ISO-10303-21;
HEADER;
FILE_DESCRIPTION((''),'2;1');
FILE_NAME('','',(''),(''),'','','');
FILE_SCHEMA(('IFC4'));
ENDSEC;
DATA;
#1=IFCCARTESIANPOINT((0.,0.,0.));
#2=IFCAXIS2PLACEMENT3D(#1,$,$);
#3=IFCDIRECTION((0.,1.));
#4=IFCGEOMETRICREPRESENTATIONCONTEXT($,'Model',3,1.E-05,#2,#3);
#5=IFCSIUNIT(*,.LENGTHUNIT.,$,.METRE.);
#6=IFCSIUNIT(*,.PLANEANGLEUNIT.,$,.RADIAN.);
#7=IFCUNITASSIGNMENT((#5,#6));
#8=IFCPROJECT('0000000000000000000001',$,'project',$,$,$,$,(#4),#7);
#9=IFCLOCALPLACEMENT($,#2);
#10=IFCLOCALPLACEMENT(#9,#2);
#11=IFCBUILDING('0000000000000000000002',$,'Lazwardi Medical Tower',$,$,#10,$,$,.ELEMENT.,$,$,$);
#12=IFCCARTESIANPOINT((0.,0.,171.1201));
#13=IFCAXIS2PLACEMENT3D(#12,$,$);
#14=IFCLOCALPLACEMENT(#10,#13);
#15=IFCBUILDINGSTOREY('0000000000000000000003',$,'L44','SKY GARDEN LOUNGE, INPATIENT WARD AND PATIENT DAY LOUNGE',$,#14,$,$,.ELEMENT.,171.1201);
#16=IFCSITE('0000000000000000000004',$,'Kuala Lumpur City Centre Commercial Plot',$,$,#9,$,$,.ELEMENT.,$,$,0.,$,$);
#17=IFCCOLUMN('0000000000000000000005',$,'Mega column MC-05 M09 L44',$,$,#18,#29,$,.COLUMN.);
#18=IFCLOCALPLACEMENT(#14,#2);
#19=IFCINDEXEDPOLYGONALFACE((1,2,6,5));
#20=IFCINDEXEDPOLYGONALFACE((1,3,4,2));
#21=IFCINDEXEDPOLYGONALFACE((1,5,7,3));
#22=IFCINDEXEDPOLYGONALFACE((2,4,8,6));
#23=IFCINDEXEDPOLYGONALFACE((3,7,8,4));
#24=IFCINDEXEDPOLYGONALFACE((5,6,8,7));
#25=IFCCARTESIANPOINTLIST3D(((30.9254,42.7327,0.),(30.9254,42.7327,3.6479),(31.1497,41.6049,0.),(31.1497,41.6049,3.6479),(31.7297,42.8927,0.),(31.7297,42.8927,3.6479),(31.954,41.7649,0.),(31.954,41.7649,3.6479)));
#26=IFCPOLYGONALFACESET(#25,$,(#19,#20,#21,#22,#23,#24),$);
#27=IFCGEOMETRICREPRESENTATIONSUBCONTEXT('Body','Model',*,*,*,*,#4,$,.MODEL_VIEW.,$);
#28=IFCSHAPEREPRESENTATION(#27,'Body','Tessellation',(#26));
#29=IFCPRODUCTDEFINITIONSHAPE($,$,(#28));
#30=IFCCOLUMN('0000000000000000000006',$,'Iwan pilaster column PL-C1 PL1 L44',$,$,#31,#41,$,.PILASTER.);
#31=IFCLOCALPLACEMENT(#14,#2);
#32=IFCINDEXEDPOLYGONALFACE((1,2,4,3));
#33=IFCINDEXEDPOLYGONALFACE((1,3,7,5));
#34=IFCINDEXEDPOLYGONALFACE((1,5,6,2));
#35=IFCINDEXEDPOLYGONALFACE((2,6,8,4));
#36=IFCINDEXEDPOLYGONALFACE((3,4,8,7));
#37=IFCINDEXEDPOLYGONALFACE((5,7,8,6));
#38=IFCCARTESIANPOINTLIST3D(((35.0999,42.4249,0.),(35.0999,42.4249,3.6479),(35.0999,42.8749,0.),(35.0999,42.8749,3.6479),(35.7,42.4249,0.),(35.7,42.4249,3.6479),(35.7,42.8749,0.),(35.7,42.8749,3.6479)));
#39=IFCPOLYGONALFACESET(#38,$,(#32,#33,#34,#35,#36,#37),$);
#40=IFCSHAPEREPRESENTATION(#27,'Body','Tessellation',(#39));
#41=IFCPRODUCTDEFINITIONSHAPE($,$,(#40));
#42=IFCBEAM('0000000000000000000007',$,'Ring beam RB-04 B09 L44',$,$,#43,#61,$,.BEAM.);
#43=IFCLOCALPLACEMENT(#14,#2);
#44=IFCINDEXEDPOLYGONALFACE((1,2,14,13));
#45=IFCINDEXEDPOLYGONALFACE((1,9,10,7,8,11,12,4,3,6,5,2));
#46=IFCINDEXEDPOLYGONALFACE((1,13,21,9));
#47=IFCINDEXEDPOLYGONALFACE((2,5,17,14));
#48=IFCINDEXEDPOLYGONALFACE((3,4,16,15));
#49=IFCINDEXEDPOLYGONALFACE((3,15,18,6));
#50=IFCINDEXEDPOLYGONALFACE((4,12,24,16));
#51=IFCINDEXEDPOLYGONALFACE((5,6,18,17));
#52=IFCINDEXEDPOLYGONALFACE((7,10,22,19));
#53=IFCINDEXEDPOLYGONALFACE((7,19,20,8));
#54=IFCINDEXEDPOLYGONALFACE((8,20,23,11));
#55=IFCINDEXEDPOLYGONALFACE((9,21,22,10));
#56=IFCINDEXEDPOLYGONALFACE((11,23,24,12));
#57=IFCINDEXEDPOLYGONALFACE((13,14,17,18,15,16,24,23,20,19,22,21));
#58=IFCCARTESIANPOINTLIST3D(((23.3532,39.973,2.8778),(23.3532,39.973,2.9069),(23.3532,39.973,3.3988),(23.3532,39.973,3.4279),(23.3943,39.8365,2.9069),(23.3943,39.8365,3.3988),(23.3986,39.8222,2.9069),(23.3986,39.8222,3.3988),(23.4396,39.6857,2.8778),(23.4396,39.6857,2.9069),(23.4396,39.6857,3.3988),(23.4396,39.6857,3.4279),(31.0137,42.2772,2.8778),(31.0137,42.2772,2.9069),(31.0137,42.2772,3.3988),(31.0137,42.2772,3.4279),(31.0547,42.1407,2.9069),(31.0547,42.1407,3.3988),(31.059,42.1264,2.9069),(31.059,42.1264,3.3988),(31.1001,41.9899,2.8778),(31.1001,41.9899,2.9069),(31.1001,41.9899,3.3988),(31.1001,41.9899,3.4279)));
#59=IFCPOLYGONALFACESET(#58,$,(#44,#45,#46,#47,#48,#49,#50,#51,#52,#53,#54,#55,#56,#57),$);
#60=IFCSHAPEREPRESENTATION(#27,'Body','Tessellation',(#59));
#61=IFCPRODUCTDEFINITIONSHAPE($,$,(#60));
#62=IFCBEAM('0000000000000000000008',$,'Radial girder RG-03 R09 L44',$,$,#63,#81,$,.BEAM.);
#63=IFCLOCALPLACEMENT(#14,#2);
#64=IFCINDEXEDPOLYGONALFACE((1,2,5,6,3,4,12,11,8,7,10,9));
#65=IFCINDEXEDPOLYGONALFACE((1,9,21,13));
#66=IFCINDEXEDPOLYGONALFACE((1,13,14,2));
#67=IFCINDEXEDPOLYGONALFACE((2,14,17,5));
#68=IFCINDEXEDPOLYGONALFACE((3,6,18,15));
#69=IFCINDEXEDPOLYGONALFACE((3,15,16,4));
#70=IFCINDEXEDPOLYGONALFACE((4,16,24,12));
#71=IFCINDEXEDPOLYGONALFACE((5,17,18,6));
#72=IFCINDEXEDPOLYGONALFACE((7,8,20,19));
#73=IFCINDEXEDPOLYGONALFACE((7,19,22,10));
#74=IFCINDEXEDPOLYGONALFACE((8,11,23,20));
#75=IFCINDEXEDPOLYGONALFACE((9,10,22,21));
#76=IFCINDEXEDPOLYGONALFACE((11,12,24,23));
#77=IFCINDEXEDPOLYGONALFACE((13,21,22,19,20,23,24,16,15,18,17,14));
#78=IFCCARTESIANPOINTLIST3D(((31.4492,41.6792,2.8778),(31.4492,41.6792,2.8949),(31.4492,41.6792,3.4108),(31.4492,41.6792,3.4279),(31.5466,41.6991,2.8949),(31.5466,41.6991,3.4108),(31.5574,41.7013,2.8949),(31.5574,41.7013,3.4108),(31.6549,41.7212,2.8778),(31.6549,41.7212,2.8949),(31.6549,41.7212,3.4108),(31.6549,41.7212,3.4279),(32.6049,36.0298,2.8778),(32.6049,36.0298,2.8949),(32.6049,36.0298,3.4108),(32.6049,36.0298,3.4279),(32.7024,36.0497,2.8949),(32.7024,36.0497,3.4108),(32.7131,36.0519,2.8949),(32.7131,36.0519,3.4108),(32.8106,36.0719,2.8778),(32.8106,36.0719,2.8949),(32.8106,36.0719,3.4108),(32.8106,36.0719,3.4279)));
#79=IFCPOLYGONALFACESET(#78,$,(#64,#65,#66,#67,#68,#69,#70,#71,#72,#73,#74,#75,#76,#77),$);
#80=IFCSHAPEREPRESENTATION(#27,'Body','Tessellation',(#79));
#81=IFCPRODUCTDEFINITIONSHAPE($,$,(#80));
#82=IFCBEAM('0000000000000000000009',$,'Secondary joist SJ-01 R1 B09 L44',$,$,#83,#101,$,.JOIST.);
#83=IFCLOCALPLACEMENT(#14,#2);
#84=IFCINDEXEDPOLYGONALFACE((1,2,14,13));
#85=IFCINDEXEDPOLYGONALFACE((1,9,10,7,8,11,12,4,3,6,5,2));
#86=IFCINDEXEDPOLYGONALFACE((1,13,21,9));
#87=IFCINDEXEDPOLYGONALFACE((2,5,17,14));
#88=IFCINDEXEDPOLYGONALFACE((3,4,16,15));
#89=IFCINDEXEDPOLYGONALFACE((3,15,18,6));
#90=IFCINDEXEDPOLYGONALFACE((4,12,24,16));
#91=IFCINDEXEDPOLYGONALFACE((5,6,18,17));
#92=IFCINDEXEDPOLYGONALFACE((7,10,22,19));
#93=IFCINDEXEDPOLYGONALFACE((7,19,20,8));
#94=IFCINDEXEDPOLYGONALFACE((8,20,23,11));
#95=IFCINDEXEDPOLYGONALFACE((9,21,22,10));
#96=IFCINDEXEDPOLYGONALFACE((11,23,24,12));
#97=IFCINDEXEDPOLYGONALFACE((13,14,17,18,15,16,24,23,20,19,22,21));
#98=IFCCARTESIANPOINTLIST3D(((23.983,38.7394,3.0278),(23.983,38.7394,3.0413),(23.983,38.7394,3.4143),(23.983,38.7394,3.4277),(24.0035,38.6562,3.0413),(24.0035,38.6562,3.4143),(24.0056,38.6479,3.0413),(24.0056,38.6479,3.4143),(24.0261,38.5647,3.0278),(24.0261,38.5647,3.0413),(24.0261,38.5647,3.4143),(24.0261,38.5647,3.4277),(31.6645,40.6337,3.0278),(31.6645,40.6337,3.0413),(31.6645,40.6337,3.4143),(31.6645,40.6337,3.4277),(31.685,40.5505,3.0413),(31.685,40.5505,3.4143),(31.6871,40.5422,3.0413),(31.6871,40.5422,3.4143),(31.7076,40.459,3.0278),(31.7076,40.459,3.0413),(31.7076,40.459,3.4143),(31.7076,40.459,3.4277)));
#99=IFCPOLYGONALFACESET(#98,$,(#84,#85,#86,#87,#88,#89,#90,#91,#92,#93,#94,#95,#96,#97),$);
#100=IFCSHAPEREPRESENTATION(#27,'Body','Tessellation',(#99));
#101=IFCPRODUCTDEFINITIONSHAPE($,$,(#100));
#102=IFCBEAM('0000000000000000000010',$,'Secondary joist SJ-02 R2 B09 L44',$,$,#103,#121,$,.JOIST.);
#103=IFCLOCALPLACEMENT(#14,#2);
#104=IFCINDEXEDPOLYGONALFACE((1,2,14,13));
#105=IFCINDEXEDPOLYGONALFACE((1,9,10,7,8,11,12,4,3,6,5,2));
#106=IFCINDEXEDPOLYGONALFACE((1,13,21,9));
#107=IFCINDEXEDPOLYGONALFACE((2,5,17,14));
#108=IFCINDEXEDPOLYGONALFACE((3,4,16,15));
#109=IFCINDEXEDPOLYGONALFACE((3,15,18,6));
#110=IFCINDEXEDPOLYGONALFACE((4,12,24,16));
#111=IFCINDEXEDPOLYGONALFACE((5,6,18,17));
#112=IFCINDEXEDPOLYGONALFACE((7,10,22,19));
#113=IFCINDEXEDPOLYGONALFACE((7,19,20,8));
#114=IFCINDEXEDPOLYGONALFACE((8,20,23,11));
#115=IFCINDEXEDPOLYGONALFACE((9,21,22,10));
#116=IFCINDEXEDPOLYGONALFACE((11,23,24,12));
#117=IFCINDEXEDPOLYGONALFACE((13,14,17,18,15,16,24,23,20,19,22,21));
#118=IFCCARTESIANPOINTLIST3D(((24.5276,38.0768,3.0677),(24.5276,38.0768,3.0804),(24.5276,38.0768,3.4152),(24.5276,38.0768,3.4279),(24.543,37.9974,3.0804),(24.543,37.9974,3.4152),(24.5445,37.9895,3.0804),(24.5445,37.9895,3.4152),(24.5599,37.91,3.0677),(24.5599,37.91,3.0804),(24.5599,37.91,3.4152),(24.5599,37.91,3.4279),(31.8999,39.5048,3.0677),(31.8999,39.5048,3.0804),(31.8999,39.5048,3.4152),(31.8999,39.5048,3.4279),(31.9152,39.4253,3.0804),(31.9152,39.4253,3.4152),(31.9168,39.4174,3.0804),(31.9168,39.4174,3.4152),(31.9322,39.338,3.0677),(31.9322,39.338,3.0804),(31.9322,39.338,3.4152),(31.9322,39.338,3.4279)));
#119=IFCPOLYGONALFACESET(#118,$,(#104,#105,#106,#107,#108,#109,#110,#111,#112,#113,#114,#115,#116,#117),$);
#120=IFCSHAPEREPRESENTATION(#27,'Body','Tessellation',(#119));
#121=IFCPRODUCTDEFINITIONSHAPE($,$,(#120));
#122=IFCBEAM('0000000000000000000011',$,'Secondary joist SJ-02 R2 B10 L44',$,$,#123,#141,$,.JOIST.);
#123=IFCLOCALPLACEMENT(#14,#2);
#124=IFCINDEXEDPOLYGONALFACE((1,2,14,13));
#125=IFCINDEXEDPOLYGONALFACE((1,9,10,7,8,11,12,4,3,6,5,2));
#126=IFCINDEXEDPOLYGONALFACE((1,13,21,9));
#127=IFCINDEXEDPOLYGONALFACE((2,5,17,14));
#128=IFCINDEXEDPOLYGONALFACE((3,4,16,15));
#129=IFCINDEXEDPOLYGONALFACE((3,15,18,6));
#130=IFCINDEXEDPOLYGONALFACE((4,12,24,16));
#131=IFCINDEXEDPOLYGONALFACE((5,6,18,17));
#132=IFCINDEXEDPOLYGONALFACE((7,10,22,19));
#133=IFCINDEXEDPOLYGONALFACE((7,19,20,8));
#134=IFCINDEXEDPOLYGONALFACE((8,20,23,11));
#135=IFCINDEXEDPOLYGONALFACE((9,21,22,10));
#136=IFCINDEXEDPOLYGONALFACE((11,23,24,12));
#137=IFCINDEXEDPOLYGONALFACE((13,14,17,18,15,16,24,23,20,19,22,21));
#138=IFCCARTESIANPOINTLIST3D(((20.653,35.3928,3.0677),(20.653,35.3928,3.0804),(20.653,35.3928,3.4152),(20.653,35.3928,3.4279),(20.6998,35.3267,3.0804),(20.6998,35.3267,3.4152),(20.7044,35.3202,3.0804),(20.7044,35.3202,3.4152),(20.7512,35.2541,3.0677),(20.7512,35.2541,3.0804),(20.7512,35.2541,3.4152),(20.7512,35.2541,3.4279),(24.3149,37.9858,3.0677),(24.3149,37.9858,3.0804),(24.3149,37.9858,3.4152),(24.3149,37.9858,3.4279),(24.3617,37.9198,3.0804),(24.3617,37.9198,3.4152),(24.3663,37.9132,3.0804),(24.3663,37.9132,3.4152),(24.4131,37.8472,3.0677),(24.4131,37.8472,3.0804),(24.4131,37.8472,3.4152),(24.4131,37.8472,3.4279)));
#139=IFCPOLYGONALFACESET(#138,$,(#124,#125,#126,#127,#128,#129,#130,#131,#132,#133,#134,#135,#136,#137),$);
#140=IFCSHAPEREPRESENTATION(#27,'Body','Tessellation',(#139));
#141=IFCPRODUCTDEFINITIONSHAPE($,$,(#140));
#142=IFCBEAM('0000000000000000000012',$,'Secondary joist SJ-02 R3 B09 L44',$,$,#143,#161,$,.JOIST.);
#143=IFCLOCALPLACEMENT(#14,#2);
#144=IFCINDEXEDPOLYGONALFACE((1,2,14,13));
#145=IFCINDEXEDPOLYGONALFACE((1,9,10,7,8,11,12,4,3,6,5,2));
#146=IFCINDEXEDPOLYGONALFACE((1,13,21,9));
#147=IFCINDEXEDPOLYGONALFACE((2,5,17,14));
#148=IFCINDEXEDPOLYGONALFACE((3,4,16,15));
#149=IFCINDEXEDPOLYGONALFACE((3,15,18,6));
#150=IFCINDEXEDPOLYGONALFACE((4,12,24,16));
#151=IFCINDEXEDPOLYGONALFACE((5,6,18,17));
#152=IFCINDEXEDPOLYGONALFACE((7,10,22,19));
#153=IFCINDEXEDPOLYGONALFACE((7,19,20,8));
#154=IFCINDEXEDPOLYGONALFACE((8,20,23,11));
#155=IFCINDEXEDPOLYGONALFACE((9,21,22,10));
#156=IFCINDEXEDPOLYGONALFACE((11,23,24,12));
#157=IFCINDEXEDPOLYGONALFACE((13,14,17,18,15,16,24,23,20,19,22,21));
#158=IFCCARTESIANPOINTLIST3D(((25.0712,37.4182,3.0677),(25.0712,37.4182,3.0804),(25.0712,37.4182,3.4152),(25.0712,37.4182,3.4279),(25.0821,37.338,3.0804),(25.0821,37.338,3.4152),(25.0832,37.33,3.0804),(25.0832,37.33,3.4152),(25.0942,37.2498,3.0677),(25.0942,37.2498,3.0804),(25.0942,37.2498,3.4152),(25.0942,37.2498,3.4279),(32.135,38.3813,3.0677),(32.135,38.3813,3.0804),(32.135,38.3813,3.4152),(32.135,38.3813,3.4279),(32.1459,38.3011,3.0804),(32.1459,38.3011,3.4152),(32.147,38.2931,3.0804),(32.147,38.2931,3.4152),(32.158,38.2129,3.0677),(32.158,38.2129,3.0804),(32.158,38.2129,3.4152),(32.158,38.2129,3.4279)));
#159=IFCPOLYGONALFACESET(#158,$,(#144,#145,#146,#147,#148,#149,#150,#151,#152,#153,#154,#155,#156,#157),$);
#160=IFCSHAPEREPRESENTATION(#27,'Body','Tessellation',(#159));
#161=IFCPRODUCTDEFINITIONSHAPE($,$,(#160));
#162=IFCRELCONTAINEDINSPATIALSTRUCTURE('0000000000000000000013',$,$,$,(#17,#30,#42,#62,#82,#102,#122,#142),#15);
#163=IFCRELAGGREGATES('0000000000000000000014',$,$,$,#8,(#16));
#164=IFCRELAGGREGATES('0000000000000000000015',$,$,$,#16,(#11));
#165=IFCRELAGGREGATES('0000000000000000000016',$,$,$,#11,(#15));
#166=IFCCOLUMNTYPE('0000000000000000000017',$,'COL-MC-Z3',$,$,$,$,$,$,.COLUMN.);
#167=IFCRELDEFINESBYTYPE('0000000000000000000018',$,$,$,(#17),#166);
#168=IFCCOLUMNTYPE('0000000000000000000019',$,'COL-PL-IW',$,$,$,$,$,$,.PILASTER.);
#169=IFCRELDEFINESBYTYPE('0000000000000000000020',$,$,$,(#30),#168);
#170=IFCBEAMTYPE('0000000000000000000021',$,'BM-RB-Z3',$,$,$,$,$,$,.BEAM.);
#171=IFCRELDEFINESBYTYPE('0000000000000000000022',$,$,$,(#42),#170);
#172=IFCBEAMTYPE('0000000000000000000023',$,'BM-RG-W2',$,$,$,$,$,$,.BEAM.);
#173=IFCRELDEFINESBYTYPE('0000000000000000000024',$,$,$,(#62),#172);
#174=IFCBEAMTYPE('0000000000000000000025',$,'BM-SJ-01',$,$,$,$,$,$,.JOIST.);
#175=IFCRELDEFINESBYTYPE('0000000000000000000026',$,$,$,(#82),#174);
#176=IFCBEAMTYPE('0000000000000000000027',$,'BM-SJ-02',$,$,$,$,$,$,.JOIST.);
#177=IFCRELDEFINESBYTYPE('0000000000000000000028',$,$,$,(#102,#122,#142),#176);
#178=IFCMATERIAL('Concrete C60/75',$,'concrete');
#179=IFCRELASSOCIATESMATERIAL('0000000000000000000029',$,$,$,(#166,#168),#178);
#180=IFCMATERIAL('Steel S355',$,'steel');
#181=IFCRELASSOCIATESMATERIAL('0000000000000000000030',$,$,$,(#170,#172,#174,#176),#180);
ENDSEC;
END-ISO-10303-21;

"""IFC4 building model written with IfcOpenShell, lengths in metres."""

from ifc_helpers import new_model, si_unit, direction, frame, origin, origin_2d, place, context, subcontext, project, spatial, rectangle, i_section, extrude, material, material_profile, profile_set, type_object, element, save


model = new_model("IFC4")

# Units and contexts
model_context = context("Model", 3, precision=1e-05, world=origin(), true_north=direction((0.0, 1.0)))
body_context = subcontext(model_context, "Body", "Model", "MODEL_VIEW")
ifc_project = project(units=[si_unit("LENGTHUNIT", "METRE"), si_unit("PLANEANGLEUNIT", "RADIAN")], contexts=[model_context])

# Site, building, storey
site_placement = place(None, origin())
site = spatial("IfcSite", under=ifc_project, at=site_placement, Name="Kuala Lumpur City Centre Commercial Plot", CompositionType="ELEMENT", RefElevation=0.0)
building_placement = place(site_placement, origin())
building = spatial("IfcBuilding", under=site, at=building_placement, Name="Lazwardi Medical Tower", CompositionType="ELEMENT")
storey_placement = place(building_placement, frame((0.0, 0.0, 171.1201)))
storey = spatial("IfcBuildingStorey", under=building, at=storey_placement, Name="L44", Description="SKY GARDEN LOUNGE, INPATIENT WARD AND PATIENT DAY LOUNGE", CompositionType="ELEMENT", Elevation=171.1201)

# Columns
ifc_material_1 = material(Name="Concrete C60/75", Category="concrete")
ifc_material_profile_1 = material_profile(ifc_material_1, rectangle(XDim=1.1499, YDim=0.8201, at=origin_2d()), Name="CFT-RECT 1150x820")
ifc_profile_set_1 = profile_set([ifc_material_profile_1], Name="Concrete C60/75")
column_type_1 = type_object("IfcColumnType", Name="COL-MC-Z3", PredefinedType="COLUMN", material=ifc_profile_set_1)
column_1_placement = place(storey_placement, frame((31.4397, 42.2488, 0.0), z_axis=(0.0, 0.0, 1.0), x_axis=(-0.19509, 0.980785, 0.0)))
element("IfcColumn", 1, at=column_1_placement, inside=storey, type_object=column_type_1, Name="Mega column MC-05 M09 L44", PredefinedType="COLUMN", context=body_context, shape_type="SweptSolid", body=[
    extrude(rectangle(XDim=1.1499, YDim=0.8201, at=origin_2d()), origin(), (0.0, 0.0, 1.0), 3.6479),
])
ifc_material_profile_2 = material_profile(ifc_material_1, rectangle(XDim=0.6001, YDim=0.45, at=origin_2d()), Name="RC 600x450")
ifc_profile_set_2 = profile_set([ifc_material_profile_2], Name="Concrete C60/75")
column_type_2 = type_object("IfcColumnType", Name="COL-PL-IW", PredefinedType="PILASTER", material=ifc_profile_set_2)
column_2_placement = place(storey_placement, frame((35.3999, 42.6499, 0.0), z_axis=(0.0, 0.0, 1.0), x_axis=(1.0, 0.0, 0.0)))
element("IfcColumn", 2, at=column_2_placement, inside=storey, type_object=column_type_2, Name="Iwan pilaster column PL-C1 PL1 L44", PredefinedType="PILASTER", context=body_context, shape_type="SweptSolid", body=[
    extrude(rectangle(XDim=0.6001, YDim=0.45, at=origin_2d()), origin(), (0.0, 0.0, 1.0), 3.6479),
])

# Beams
ifc_material_2 = material(Name="Steel S355", Category="steel")
ifc_material_profile_3 = material_profile(ifc_material_2, i_section(OverallWidth=0.3, OverallDepth=0.55, WebThickness=0.0149, FlangeThickness=0.0291, at=origin_2d()), Name="HEB 550")
ifc_profile_set_3 = profile_set([ifc_material_profile_3], Name="Steel S355")
beam_type_1 = type_object("IfcBeamType", Name="BM-RB-Z3", PredefinedType="BEAM", material=ifc_profile_set_3)
beam_1_placement = place(storey_placement, frame((31.0569, 42.1335, 3.1528), z_axis=(-0.957617, -0.288045, 0.0), x_axis=(0.288045, -0.957617, 0.0)))
element("IfcBeam", 3, at=beam_1_placement, inside=storey, type_object=beam_type_1, Name="Ring beam RB-04 B09 L44", PredefinedType="BEAM", context=body_context, shape_type="SweptSolid", body=[
    extrude(i_section(OverallWidth=0.3, OverallDepth=0.55, WebThickness=0.0149, FlangeThickness=0.0291, at=origin_2d()), origin(), (0.0, 0.0, 1.0), 7.9995),
])
ifc_material_profile_4 = material_profile(ifc_material_2, i_section(OverallWidth=0.21, OverallDepth=0.55, WebThickness=0.011, FlangeThickness=0.0171, at=origin_2d()), Name="IPE 550")
ifc_profile_set_4 = profile_set([ifc_material_profile_4], Name="Steel S355")
beam_type_2 = type_object("IfcBeamType", Name="BM-RG-W2", PredefinedType="BEAM", material=ifc_profile_set_4)
beam_2_placement = place(storey_placement, frame((31.552, 41.7002, 3.1528), z_axis=(0.200429, -0.979708, 0.0), x_axis=(0.979708, 0.200429, 0.0)))
element("IfcBeam", 4, at=beam_2_placement, inside=storey, type_object=beam_type_2, Name="Radial girder RG-03 R09 L44", PredefinedType="BEAM", context=body_context, shape_type="SweptSolid", body=[
    extrude(i_section(OverallWidth=0.21, OverallDepth=0.55, WebThickness=0.011, FlangeThickness=0.0171, at=origin_2d()), origin(), (0.0, 0.0, 1.0), 5.7664),
])
ifc_material_profile_5 = material_profile(ifc_material_2, i_section(OverallWidth=0.1799, OverallDepth=0.3999, WebThickness=0.0085, FlangeThickness=0.0134, at=origin_2d()), Name="IPE 400")
ifc_profile_set_5 = profile_set([ifc_material_profile_5], Name="Steel S355")
beam_type_3 = type_object("IfcBeamType", Name="BM-SJ-01", PredefinedType="JOIST", material=ifc_profile_set_5)
beam_3_placement = place(storey_placement, frame((31.686, 40.5464, 3.2278), z_axis=(-0.970913, -0.239434, 0.0), x_axis=(0.239434, -0.970913, 0.0)))
element("IfcBeam", 5, at=beam_3_placement, inside=storey, type_object=beam_type_3, Name="Secondary joist SJ-01 R1 B09 L44", PredefinedType="JOIST", context=body_context, shape_type="SweptSolid", body=[
    extrude(i_section(OverallWidth=0.1799, OverallDepth=0.3999, WebThickness=0.0085, FlangeThickness=0.0134, at=origin_2d()), origin(), (0.0, 0.0, 1.0), 7.9116),
])
ifc_material_profile_6 = material_profile(ifc_material_2, i_section(OverallWidth=0.1699, OverallDepth=0.3601, WebThickness=0.0081, FlangeThickness=0.0127, at=origin_2d()), Name="IPE 360")
ifc_profile_set_6 = profile_set([ifc_material_profile_6], Name="Steel S355")
beam_type_4 = type_object("IfcBeamType", Name="BM-SJ-02", PredefinedType="JOIST", material=ifc_profile_set_6)
beam_4_placement = place(storey_placement, frame((31.916, 39.4214, 3.2478), z_axis=(-0.981753, -0.19016, 0.0), x_axis=(0.19016, -0.981753, 0.0)))
element("IfcBeam", 6, at=beam_4_placement, inside=storey, type_object=beam_type_4, Name="Secondary joist SJ-02 R2 B09 L44", PredefinedType="JOIST", context=body_context, shape_type="SweptSolid", body=[
    extrude(i_section(OverallWidth=0.1699, OverallDepth=0.3601, WebThickness=0.0081, FlangeThickness=0.0127, at=origin_2d()), origin(), (0.0, 0.0, 1.0), 7.5093),
])
beam_5_placement = place(storey_placement, frame((24.364, 37.9165, 3.2478), z_axis=(-0.816109, -0.577898, 0.0), x_axis=(0.577898, -0.816109, 0.0)))
element("IfcBeam", 7, at=beam_5_placement, inside=storey, type_object=beam_type_4, Name="Secondary joist SJ-02 R2 B10 L44", PredefinedType="JOIST", context=body_context, shape_type="SweptSolid", body=[
    extrude(i_section(OverallWidth=0.1699, OverallDepth=0.3601, WebThickness=0.0081, FlangeThickness=0.0127, at=origin_2d()), origin(), (0.0, 0.0, 1.0), 4.4871),
])
beam_6_placement = place(storey_placement, frame((32.1465, 38.2971, 3.2478), z_axis=(-0.990832, -0.135099, 0.0), x_axis=(0.135099, -0.990832, 0.0)))
element("IfcBeam", 8, at=beam_6_placement, inside=storey, type_object=beam_type_4, Name="Secondary joist SJ-02 R3 B09 L44", PredefinedType="JOIST", context=body_context, shape_type="SweptSolid", body=[
    extrude(i_section(OverallWidth=0.1699, OverallDepth=0.3601, WebThickness=0.0081, FlangeThickness=0.0127, at=origin_2d()), origin(), (0.0, 0.0, 1.0), 7.1292),
])

save(model, "model.ifc")
